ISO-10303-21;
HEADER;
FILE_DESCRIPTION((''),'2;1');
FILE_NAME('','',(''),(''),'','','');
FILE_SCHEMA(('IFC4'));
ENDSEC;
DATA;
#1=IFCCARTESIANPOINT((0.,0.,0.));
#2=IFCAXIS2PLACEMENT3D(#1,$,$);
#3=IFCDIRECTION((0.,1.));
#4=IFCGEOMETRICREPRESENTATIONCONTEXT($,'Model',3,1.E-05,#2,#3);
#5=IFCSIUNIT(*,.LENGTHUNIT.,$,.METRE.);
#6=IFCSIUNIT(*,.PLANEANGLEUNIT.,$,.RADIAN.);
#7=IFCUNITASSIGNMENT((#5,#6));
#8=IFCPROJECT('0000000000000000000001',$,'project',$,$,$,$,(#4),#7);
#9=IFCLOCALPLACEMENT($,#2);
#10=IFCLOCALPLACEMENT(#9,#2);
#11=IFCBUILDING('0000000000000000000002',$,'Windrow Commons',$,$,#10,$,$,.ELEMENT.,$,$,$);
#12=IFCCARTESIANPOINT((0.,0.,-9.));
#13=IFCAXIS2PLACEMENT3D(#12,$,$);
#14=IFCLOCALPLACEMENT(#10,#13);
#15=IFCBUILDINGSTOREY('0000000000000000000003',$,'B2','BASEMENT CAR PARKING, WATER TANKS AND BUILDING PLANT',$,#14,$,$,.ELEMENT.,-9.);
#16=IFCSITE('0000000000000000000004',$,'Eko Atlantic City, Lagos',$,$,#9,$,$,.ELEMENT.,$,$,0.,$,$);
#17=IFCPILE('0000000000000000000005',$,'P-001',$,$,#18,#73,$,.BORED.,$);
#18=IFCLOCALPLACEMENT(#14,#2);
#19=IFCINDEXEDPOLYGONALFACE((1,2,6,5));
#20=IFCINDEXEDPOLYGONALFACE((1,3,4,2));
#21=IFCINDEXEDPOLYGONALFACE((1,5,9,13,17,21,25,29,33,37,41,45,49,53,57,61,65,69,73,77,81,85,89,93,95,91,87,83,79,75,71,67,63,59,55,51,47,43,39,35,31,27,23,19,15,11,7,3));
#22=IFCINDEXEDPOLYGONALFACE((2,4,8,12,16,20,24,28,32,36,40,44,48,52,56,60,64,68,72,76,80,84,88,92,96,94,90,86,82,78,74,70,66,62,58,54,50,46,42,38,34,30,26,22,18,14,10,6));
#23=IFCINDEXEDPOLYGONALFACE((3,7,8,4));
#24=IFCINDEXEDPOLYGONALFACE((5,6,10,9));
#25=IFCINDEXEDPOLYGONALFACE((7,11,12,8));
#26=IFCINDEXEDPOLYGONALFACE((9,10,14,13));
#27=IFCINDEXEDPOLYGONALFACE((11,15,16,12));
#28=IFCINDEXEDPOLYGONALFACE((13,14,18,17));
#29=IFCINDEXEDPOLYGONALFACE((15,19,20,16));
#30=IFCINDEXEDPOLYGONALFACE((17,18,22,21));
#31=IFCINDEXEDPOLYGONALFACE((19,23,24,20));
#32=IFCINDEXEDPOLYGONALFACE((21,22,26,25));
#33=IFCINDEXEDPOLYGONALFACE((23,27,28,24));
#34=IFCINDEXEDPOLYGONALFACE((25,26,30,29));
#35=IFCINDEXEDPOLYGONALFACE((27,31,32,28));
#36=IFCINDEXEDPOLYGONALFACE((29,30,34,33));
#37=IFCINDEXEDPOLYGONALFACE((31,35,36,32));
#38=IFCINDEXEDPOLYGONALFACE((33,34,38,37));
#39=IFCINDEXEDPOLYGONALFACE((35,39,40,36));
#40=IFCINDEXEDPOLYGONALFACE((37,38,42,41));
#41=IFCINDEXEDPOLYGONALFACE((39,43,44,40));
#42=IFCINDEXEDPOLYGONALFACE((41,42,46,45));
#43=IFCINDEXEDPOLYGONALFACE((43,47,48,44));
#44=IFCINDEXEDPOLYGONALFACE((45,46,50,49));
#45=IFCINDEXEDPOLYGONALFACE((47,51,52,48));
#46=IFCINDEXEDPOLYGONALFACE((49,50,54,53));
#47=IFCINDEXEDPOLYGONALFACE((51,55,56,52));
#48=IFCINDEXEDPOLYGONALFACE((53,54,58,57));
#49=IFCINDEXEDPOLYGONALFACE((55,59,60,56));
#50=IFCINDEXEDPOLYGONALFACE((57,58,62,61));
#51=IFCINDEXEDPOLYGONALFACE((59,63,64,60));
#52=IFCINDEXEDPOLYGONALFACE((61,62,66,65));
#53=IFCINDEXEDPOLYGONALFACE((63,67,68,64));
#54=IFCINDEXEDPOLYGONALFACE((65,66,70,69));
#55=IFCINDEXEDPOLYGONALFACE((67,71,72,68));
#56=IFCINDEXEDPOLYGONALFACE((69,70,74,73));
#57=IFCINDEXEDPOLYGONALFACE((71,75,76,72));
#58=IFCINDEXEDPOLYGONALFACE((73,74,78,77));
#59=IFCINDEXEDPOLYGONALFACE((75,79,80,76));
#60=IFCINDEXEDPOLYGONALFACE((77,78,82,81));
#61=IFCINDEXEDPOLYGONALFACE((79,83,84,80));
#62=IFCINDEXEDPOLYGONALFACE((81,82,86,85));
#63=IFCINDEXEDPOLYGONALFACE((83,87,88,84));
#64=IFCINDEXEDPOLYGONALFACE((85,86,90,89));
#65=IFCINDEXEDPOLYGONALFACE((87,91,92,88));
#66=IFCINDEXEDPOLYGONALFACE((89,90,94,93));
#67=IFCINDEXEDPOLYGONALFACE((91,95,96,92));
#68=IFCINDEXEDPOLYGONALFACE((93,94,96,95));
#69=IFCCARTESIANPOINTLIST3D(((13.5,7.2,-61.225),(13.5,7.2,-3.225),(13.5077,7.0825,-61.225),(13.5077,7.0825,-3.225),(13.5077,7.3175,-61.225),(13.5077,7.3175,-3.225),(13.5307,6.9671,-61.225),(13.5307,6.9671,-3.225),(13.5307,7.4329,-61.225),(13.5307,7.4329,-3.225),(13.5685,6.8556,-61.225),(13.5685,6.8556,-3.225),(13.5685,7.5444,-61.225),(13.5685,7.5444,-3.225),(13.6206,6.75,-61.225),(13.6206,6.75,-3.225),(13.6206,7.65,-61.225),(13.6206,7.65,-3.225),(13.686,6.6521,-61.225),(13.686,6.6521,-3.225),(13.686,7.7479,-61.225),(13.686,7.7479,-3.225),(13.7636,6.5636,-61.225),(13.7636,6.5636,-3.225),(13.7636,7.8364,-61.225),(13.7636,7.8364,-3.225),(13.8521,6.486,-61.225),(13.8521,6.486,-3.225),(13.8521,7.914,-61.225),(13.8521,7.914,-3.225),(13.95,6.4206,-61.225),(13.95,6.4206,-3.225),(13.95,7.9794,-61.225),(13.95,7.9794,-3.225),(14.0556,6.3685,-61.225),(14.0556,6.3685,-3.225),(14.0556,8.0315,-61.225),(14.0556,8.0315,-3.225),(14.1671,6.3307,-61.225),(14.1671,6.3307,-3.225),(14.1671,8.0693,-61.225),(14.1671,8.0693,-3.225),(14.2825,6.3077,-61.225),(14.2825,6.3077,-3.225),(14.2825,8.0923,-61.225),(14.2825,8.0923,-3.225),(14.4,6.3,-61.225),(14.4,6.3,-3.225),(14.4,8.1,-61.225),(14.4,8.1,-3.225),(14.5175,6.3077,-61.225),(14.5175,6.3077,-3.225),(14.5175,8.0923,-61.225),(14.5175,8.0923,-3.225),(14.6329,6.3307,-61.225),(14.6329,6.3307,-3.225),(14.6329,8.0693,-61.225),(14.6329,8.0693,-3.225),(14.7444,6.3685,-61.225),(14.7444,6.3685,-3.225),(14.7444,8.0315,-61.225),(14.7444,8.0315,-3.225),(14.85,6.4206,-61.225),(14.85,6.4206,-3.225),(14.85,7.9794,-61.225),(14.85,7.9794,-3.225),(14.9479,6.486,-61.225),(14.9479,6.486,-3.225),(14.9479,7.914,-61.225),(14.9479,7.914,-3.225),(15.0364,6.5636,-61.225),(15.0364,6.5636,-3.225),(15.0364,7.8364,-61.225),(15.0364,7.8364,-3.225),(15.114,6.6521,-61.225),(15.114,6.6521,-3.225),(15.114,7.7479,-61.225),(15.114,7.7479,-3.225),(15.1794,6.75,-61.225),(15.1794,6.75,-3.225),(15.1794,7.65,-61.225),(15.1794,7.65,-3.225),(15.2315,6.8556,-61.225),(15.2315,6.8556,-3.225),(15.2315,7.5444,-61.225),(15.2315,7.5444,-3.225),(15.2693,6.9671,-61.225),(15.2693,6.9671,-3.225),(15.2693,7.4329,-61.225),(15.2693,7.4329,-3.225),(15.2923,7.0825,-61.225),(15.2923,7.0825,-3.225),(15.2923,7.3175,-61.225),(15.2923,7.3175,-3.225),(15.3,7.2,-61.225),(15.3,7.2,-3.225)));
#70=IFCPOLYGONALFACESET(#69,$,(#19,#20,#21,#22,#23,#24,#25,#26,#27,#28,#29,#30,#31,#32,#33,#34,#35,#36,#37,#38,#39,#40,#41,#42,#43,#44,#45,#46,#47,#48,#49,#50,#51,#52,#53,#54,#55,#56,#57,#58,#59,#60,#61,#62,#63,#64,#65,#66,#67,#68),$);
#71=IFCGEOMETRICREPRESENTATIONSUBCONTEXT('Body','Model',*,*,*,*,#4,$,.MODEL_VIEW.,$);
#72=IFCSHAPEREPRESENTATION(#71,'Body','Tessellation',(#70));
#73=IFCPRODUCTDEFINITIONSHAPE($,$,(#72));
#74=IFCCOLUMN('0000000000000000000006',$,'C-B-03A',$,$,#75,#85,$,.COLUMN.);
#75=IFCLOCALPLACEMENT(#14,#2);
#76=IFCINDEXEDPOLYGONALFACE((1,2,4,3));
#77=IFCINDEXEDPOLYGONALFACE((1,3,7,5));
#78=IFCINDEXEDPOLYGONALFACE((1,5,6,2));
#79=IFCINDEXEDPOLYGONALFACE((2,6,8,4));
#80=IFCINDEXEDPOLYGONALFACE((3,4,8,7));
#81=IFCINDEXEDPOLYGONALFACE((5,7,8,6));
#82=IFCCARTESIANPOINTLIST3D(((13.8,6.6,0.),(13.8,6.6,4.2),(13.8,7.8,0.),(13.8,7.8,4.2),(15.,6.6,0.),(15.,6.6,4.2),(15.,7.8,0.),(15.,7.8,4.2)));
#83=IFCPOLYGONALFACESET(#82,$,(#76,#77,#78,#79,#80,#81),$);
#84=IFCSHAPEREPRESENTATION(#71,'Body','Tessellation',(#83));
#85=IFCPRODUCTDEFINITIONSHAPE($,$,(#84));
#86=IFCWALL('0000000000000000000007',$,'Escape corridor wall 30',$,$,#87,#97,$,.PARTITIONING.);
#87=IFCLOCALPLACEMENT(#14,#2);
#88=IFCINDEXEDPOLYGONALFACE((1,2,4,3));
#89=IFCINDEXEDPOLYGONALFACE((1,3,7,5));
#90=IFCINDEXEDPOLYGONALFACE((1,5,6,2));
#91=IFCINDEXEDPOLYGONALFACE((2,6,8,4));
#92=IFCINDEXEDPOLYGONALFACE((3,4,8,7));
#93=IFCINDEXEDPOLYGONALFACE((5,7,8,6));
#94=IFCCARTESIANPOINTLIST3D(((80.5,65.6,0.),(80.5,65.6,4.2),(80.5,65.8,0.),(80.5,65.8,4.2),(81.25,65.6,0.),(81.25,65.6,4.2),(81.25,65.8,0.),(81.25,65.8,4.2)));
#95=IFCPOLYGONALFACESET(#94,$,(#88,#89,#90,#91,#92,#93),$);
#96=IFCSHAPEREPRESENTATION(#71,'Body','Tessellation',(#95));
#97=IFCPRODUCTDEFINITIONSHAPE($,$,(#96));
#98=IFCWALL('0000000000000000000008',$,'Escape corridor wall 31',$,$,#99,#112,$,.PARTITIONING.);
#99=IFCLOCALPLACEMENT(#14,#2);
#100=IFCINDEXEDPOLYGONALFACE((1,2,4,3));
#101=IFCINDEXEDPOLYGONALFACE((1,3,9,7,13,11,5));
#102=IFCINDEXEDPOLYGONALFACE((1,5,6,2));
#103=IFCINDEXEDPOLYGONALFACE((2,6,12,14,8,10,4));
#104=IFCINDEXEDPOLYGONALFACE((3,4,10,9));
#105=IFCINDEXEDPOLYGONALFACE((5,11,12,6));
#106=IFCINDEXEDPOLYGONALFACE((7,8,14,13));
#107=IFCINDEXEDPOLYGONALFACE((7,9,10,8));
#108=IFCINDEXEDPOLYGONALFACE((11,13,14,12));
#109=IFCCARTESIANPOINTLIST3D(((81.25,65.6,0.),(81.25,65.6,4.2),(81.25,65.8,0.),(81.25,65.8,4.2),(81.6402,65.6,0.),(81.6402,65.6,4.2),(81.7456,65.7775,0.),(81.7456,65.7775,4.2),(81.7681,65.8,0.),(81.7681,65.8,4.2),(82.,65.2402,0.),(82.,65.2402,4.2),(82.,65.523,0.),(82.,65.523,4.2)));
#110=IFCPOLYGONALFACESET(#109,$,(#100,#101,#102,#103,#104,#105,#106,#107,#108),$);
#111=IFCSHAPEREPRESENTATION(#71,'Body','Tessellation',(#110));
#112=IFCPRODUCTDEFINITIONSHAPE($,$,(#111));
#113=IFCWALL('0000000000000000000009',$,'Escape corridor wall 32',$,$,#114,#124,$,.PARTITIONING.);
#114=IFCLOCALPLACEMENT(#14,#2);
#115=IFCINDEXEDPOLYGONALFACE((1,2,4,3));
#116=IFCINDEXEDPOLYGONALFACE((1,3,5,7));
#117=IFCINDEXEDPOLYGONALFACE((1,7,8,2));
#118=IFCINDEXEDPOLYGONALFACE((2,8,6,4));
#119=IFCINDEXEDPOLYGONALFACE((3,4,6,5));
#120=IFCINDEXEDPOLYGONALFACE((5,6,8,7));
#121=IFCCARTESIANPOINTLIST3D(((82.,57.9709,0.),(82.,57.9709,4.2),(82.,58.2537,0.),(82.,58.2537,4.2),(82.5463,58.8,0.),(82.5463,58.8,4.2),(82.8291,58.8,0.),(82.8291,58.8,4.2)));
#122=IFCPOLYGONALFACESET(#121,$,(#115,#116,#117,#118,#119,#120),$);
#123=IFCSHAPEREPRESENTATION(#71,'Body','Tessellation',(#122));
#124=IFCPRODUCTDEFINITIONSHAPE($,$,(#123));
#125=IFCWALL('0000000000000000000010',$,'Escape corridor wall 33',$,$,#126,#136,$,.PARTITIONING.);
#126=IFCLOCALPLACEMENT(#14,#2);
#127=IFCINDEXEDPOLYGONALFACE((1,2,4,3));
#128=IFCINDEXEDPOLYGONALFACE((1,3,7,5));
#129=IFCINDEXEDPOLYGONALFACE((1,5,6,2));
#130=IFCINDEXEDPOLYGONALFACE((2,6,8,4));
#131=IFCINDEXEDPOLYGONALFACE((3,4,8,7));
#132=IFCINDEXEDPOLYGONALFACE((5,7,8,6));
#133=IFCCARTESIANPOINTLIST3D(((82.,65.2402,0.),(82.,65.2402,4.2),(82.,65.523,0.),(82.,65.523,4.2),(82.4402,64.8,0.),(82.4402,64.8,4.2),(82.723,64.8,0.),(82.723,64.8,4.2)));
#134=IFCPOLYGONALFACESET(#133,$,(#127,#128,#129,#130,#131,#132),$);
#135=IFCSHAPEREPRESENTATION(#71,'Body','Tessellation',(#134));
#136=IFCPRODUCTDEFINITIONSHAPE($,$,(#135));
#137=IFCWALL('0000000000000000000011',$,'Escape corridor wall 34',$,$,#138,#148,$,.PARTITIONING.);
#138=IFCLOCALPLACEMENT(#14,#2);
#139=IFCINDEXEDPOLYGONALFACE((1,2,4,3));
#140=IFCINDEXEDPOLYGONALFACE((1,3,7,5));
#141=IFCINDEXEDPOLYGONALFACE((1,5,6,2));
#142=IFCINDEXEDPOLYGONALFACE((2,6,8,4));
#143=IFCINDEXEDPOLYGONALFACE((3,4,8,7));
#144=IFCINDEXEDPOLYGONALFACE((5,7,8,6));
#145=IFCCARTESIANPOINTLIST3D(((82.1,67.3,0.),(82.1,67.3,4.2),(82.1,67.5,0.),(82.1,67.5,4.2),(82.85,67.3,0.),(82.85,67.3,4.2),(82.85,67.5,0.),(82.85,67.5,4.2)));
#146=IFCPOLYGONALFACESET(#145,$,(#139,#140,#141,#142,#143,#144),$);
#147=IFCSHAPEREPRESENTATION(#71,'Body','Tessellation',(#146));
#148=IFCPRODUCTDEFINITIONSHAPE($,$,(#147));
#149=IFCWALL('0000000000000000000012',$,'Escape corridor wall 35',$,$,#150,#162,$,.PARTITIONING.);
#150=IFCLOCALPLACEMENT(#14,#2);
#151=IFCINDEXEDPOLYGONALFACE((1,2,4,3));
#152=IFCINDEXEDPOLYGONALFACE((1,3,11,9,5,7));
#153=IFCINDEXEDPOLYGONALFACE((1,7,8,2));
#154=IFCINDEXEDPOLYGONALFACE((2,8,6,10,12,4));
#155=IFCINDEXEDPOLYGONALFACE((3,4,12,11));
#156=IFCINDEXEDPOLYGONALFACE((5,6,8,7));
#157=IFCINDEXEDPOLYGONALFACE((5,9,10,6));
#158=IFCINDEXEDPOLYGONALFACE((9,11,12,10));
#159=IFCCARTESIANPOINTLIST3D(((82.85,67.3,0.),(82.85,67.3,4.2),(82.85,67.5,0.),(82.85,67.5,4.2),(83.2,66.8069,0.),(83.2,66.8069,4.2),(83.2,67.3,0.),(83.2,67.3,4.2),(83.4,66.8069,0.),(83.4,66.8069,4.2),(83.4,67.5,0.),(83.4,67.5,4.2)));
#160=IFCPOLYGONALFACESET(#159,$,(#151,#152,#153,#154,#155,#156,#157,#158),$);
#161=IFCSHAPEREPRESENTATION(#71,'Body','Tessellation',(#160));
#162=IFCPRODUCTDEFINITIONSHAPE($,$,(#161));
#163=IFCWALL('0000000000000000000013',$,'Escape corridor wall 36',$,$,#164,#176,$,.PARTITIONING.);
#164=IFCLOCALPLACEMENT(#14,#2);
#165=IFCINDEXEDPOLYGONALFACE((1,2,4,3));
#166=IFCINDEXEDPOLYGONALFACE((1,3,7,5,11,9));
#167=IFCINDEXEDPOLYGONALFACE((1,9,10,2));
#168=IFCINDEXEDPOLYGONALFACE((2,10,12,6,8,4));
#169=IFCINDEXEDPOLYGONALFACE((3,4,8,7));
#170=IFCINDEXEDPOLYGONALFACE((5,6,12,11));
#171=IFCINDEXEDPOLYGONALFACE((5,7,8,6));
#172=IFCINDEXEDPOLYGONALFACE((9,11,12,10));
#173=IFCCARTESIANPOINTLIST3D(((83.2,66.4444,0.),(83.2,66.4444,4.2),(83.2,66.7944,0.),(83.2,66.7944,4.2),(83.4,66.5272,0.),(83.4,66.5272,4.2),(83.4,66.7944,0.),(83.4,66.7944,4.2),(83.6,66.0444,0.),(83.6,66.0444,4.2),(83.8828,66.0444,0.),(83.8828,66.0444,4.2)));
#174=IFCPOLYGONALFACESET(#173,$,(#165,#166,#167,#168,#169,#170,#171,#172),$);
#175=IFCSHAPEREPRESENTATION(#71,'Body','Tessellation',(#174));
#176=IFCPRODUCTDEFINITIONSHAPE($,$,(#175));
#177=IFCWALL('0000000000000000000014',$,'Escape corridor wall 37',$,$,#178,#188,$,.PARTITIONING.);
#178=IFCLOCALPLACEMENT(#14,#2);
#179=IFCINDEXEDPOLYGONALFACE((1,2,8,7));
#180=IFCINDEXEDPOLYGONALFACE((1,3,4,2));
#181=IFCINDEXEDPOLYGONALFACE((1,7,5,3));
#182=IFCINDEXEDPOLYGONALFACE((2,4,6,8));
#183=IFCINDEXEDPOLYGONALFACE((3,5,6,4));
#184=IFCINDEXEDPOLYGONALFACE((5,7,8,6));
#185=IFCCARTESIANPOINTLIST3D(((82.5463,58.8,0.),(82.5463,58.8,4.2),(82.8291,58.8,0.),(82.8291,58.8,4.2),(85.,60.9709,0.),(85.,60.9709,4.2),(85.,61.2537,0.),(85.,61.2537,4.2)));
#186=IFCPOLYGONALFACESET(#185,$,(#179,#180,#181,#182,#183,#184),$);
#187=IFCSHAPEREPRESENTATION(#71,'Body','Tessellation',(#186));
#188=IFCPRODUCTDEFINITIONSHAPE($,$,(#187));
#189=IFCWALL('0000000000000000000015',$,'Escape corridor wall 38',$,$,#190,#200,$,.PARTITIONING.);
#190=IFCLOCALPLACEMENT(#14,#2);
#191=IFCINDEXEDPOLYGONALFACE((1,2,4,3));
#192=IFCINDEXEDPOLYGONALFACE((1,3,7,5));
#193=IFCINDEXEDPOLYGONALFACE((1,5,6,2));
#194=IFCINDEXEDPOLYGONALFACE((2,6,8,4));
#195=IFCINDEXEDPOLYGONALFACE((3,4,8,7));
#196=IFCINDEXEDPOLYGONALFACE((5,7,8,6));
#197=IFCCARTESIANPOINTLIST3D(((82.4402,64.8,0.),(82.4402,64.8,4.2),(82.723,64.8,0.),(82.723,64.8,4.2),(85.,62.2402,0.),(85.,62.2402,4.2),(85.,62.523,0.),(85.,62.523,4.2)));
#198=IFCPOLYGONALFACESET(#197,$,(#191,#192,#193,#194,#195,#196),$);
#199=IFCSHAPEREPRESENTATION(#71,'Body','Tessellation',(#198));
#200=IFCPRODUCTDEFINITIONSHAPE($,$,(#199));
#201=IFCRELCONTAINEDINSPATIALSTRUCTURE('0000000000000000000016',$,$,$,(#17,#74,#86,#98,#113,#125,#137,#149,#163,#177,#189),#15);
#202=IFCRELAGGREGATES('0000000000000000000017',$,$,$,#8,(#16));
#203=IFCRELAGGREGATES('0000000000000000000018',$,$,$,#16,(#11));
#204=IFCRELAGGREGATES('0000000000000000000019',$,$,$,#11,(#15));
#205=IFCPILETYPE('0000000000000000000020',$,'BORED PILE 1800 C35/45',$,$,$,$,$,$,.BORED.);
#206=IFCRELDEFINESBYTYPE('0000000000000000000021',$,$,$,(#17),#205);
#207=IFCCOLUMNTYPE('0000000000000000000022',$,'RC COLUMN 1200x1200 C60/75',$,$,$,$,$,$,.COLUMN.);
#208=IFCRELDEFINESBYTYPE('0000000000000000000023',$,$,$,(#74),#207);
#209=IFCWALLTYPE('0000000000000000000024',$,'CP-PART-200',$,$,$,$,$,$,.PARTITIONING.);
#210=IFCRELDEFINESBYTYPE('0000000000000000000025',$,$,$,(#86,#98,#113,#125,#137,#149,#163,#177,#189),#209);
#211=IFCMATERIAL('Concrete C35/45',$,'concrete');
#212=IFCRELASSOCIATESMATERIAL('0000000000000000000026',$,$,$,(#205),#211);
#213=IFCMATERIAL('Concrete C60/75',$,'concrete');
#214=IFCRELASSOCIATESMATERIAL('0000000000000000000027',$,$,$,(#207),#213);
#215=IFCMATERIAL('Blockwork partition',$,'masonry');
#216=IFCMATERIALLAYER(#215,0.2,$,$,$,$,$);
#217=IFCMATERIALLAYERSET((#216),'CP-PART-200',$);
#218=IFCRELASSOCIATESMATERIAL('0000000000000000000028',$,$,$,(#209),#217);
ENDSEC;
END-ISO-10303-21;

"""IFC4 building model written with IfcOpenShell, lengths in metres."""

from ifc_helpers import new_model, si_unit, direction, frame, origin, origin_2d, place, context, subcontext, project, spatial, polyline, rectangle, circle, outline, extrude, material, layer, layer_set, material_profile, profile_set, type_object, element, save


model = new_model("IFC4")

# Units and contexts
model_context = context("Model", 3, precision=1e-05, world=origin(), true_north=direction((0.0, 1.0)))
body_context = subcontext(model_context, "Body", "Model", "MODEL_VIEW")
ifc_project = project(units=[si_unit("LENGTHUNIT", "METRE"), si_unit("PLANEANGLEUNIT", "RADIAN")], contexts=[model_context])

# Site, building, storey
site_placement = place(None, origin())
site = spatial("IfcSite", under=ifc_project, at=site_placement, Name="Eko Atlantic City, Lagos", CompositionType="ELEMENT", RefElevation=0.0)
building_placement = place(site_placement, origin())
building = spatial("IfcBuilding", under=site, at=building_placement, Name="Windrow Commons", CompositionType="ELEMENT")
storey_placement = place(building_placement, frame((0.0, 0.0, -9.0)))
storey = spatial("IfcBuildingStorey", under=building, at=storey_placement, Name="B2", Description="BASEMENT CAR PARKING, WATER TANKS AND BUILDING PLANT", CompositionType="ELEMENT", Elevation=-9.0)

# Pile
ifc_material_1 = material(Name="Concrete C35/45", Category="concrete")
ifc_material_profile_1 = material_profile(ifc_material_1, circle(Radius=0.9, at=origin_2d()))
ifc_profile_set_1 = profile_set([ifc_material_profile_1], Name="Concrete C35/45")
pile_type = type_object("IfcPileType", Name="BORED PILE 1800 C35/45", PredefinedType="BORED", material=ifc_profile_set_1)
pile_placement = place(storey_placement, frame((14.4, 7.2, -3.225), z_axis=(0.0, 0.0, -1.0), x_axis=(1.0, 0.0, 0.0)))
element("IfcPile", 1, at=pile_placement, inside=storey, type_object=pile_type, Name="P-001", PredefinedType="BORED", context=body_context, shape_type="SweptSolid", body=[
    extrude(circle(Radius=0.9, at=origin_2d()), origin(), (0.0, 0.0, 1.0), 58.0),
])

# Column
ifc_material_2 = material(Name="Concrete C60/75", Category="concrete")
ifc_material_profile_2 = material_profile(ifc_material_2, rectangle(XDim=1.2, YDim=1.2, at=origin_2d()))
ifc_profile_set_2 = profile_set([ifc_material_profile_2], Name="Concrete C60/75")
column_type = type_object("IfcColumnType", Name="RC COLUMN 1200x1200 C60/75", PredefinedType="COLUMN", material=ifc_profile_set_2)
column_placement = place(storey_placement, frame((14.4, 7.2, 0.0), z_axis=(0.0, 0.0, 1.0), x_axis=(1.0, 0.0, 0.0)))
element("IfcColumn", 2, at=column_placement, inside=storey, type_object=column_type, Name="C-B-03A", PredefinedType="COLUMN", context=body_context, shape_type="SweptSolid", body=[
    extrude(rectangle(XDim=1.2, YDim=1.2, at=origin_2d()), origin(), (0.0, 0.0, 1.0), 4.2),
])

# Walls
ifc_material_3 = material(Name="Blockwork partition", Category="masonry")
ifc_layer_1 = layer(ifc_material_3, 0.2)
ifc_layer_set_1 = layer_set([ifc_layer_1], Name="CP-PART-200")
wall_type_1 = type_object("IfcWallType", Name="CP-PART-200", PredefinedType="PARTITIONING", material=ifc_layer_set_1)
placement = place(storey_placement, origin())
element("IfcWall", 3, at=placement, inside=storey, type_object=wall_type_1, Name="Escape corridor wall 30", PredefinedType="PARTITIONING", context=body_context, shape_type="SweptSolid", body=[
    extrude(outline(polyline([(80.5, 65.6), (81.25, 65.6), (81.25, 65.8), (80.5, 65.8), (80.5, 65.6)])), origin(), (0.0, 0.0, 1.0), 4.2),
])
element("IfcWall", 4, at=placement, inside=storey, type_object=wall_type_1, Name="Escape corridor wall 31", PredefinedType="PARTITIONING", context=body_context, shape_type="SweptSolid", body=[
    extrude(outline(polyline([(82.0, 65.523), (81.7456, 65.7775), (81.7681, 65.8), (81.25, 65.8), (81.25, 65.6), (81.6402, 65.6), (82.0, 65.2402), (82.0, 65.523)])), origin(), (0.0, 0.0, 1.0), 4.2),
])
element("IfcWall", 5, at=placement, inside=storey, type_object=wall_type_1, Name="Escape corridor wall 32", PredefinedType="PARTITIONING", context=body_context, shape_type="SweptSolid", body=[
    extrude(outline(polyline([(82.0, 57.9709), (82.8291, 58.8), (82.5463, 58.8), (82.0, 58.2537), (82.0, 57.9709)])), origin(), (0.0, 0.0, 1.0), 4.2),
])
element("IfcWall", 6, at=placement, inside=storey, type_object=wall_type_1, Name="Escape corridor wall 33", PredefinedType="PARTITIONING", context=body_context, shape_type="SweptSolid", body=[
    extrude(outline(polyline([(82.723, 64.8), (82.0, 65.523), (82.0, 65.2402), (82.4402, 64.8), (82.723, 64.8)])), origin(), (0.0, 0.0, 1.0), 4.2),
])
element("IfcWall", 7, at=placement, inside=storey, type_object=wall_type_1, Name="Escape corridor wall 34", PredefinedType="PARTITIONING", context=body_context, shape_type="SweptSolid", body=[
    extrude(outline(polyline([(82.1, 67.3), (82.85, 67.3), (82.85, 67.5), (82.1, 67.5), (82.1, 67.3)])), origin(), (0.0, 0.0, 1.0), 4.2),
])
element("IfcWall", 8, at=placement, inside=storey, type_object=wall_type_1, Name="Escape corridor wall 35", PredefinedType="PARTITIONING", context=body_context, shape_type="SweptSolid", body=[
    extrude(outline(polyline([(83.2, 67.3), (83.2, 66.8069), (83.4, 66.8069), (83.4, 67.5), (82.85, 67.5), (82.85, 67.3), (83.2, 67.3)])), origin(), (0.0, 0.0, 1.0), 4.2),
])
element("IfcWall", 9, at=placement, inside=storey, type_object=wall_type_1, Name="Escape corridor wall 36", PredefinedType="PARTITIONING", context=body_context, shape_type="SweptSolid", body=[
    extrude(outline(polyline([(83.6, 66.0444), (83.8828, 66.0444), (83.4, 66.5272), (83.4, 66.7944), (83.2, 66.7944), (83.2, 66.4444), (83.6, 66.0444)])), origin(), (0.0, 0.0, 1.0), 4.2),
])
element("IfcWall", 10, at=placement, inside=storey, type_object=wall_type_1, Name="Escape corridor wall 37", PredefinedType="PARTITIONING", context=body_context, shape_type="SweptSolid", body=[
    extrude(outline(polyline([(82.8291, 58.8), (85.0, 60.9709), (85.0, 61.2537), (82.5463, 58.8), (82.8291, 58.8)])), origin(), (0.0, 0.0, 1.0), 4.2),
])
element("IfcWall", 11, at=placement, inside=storey, type_object=wall_type_1, Name="Escape corridor wall 38", PredefinedType="PARTITIONING", context=body_context, shape_type="SweptSolid", body=[
    extrude(outline(polyline([(85.0, 62.523), (82.723, 64.8), (82.4402, 64.8), (85.0, 62.2402), (85.0, 62.523)])), origin(), (0.0, 0.0, 1.0), 4.2),
])

save(model, "model.ifc")
